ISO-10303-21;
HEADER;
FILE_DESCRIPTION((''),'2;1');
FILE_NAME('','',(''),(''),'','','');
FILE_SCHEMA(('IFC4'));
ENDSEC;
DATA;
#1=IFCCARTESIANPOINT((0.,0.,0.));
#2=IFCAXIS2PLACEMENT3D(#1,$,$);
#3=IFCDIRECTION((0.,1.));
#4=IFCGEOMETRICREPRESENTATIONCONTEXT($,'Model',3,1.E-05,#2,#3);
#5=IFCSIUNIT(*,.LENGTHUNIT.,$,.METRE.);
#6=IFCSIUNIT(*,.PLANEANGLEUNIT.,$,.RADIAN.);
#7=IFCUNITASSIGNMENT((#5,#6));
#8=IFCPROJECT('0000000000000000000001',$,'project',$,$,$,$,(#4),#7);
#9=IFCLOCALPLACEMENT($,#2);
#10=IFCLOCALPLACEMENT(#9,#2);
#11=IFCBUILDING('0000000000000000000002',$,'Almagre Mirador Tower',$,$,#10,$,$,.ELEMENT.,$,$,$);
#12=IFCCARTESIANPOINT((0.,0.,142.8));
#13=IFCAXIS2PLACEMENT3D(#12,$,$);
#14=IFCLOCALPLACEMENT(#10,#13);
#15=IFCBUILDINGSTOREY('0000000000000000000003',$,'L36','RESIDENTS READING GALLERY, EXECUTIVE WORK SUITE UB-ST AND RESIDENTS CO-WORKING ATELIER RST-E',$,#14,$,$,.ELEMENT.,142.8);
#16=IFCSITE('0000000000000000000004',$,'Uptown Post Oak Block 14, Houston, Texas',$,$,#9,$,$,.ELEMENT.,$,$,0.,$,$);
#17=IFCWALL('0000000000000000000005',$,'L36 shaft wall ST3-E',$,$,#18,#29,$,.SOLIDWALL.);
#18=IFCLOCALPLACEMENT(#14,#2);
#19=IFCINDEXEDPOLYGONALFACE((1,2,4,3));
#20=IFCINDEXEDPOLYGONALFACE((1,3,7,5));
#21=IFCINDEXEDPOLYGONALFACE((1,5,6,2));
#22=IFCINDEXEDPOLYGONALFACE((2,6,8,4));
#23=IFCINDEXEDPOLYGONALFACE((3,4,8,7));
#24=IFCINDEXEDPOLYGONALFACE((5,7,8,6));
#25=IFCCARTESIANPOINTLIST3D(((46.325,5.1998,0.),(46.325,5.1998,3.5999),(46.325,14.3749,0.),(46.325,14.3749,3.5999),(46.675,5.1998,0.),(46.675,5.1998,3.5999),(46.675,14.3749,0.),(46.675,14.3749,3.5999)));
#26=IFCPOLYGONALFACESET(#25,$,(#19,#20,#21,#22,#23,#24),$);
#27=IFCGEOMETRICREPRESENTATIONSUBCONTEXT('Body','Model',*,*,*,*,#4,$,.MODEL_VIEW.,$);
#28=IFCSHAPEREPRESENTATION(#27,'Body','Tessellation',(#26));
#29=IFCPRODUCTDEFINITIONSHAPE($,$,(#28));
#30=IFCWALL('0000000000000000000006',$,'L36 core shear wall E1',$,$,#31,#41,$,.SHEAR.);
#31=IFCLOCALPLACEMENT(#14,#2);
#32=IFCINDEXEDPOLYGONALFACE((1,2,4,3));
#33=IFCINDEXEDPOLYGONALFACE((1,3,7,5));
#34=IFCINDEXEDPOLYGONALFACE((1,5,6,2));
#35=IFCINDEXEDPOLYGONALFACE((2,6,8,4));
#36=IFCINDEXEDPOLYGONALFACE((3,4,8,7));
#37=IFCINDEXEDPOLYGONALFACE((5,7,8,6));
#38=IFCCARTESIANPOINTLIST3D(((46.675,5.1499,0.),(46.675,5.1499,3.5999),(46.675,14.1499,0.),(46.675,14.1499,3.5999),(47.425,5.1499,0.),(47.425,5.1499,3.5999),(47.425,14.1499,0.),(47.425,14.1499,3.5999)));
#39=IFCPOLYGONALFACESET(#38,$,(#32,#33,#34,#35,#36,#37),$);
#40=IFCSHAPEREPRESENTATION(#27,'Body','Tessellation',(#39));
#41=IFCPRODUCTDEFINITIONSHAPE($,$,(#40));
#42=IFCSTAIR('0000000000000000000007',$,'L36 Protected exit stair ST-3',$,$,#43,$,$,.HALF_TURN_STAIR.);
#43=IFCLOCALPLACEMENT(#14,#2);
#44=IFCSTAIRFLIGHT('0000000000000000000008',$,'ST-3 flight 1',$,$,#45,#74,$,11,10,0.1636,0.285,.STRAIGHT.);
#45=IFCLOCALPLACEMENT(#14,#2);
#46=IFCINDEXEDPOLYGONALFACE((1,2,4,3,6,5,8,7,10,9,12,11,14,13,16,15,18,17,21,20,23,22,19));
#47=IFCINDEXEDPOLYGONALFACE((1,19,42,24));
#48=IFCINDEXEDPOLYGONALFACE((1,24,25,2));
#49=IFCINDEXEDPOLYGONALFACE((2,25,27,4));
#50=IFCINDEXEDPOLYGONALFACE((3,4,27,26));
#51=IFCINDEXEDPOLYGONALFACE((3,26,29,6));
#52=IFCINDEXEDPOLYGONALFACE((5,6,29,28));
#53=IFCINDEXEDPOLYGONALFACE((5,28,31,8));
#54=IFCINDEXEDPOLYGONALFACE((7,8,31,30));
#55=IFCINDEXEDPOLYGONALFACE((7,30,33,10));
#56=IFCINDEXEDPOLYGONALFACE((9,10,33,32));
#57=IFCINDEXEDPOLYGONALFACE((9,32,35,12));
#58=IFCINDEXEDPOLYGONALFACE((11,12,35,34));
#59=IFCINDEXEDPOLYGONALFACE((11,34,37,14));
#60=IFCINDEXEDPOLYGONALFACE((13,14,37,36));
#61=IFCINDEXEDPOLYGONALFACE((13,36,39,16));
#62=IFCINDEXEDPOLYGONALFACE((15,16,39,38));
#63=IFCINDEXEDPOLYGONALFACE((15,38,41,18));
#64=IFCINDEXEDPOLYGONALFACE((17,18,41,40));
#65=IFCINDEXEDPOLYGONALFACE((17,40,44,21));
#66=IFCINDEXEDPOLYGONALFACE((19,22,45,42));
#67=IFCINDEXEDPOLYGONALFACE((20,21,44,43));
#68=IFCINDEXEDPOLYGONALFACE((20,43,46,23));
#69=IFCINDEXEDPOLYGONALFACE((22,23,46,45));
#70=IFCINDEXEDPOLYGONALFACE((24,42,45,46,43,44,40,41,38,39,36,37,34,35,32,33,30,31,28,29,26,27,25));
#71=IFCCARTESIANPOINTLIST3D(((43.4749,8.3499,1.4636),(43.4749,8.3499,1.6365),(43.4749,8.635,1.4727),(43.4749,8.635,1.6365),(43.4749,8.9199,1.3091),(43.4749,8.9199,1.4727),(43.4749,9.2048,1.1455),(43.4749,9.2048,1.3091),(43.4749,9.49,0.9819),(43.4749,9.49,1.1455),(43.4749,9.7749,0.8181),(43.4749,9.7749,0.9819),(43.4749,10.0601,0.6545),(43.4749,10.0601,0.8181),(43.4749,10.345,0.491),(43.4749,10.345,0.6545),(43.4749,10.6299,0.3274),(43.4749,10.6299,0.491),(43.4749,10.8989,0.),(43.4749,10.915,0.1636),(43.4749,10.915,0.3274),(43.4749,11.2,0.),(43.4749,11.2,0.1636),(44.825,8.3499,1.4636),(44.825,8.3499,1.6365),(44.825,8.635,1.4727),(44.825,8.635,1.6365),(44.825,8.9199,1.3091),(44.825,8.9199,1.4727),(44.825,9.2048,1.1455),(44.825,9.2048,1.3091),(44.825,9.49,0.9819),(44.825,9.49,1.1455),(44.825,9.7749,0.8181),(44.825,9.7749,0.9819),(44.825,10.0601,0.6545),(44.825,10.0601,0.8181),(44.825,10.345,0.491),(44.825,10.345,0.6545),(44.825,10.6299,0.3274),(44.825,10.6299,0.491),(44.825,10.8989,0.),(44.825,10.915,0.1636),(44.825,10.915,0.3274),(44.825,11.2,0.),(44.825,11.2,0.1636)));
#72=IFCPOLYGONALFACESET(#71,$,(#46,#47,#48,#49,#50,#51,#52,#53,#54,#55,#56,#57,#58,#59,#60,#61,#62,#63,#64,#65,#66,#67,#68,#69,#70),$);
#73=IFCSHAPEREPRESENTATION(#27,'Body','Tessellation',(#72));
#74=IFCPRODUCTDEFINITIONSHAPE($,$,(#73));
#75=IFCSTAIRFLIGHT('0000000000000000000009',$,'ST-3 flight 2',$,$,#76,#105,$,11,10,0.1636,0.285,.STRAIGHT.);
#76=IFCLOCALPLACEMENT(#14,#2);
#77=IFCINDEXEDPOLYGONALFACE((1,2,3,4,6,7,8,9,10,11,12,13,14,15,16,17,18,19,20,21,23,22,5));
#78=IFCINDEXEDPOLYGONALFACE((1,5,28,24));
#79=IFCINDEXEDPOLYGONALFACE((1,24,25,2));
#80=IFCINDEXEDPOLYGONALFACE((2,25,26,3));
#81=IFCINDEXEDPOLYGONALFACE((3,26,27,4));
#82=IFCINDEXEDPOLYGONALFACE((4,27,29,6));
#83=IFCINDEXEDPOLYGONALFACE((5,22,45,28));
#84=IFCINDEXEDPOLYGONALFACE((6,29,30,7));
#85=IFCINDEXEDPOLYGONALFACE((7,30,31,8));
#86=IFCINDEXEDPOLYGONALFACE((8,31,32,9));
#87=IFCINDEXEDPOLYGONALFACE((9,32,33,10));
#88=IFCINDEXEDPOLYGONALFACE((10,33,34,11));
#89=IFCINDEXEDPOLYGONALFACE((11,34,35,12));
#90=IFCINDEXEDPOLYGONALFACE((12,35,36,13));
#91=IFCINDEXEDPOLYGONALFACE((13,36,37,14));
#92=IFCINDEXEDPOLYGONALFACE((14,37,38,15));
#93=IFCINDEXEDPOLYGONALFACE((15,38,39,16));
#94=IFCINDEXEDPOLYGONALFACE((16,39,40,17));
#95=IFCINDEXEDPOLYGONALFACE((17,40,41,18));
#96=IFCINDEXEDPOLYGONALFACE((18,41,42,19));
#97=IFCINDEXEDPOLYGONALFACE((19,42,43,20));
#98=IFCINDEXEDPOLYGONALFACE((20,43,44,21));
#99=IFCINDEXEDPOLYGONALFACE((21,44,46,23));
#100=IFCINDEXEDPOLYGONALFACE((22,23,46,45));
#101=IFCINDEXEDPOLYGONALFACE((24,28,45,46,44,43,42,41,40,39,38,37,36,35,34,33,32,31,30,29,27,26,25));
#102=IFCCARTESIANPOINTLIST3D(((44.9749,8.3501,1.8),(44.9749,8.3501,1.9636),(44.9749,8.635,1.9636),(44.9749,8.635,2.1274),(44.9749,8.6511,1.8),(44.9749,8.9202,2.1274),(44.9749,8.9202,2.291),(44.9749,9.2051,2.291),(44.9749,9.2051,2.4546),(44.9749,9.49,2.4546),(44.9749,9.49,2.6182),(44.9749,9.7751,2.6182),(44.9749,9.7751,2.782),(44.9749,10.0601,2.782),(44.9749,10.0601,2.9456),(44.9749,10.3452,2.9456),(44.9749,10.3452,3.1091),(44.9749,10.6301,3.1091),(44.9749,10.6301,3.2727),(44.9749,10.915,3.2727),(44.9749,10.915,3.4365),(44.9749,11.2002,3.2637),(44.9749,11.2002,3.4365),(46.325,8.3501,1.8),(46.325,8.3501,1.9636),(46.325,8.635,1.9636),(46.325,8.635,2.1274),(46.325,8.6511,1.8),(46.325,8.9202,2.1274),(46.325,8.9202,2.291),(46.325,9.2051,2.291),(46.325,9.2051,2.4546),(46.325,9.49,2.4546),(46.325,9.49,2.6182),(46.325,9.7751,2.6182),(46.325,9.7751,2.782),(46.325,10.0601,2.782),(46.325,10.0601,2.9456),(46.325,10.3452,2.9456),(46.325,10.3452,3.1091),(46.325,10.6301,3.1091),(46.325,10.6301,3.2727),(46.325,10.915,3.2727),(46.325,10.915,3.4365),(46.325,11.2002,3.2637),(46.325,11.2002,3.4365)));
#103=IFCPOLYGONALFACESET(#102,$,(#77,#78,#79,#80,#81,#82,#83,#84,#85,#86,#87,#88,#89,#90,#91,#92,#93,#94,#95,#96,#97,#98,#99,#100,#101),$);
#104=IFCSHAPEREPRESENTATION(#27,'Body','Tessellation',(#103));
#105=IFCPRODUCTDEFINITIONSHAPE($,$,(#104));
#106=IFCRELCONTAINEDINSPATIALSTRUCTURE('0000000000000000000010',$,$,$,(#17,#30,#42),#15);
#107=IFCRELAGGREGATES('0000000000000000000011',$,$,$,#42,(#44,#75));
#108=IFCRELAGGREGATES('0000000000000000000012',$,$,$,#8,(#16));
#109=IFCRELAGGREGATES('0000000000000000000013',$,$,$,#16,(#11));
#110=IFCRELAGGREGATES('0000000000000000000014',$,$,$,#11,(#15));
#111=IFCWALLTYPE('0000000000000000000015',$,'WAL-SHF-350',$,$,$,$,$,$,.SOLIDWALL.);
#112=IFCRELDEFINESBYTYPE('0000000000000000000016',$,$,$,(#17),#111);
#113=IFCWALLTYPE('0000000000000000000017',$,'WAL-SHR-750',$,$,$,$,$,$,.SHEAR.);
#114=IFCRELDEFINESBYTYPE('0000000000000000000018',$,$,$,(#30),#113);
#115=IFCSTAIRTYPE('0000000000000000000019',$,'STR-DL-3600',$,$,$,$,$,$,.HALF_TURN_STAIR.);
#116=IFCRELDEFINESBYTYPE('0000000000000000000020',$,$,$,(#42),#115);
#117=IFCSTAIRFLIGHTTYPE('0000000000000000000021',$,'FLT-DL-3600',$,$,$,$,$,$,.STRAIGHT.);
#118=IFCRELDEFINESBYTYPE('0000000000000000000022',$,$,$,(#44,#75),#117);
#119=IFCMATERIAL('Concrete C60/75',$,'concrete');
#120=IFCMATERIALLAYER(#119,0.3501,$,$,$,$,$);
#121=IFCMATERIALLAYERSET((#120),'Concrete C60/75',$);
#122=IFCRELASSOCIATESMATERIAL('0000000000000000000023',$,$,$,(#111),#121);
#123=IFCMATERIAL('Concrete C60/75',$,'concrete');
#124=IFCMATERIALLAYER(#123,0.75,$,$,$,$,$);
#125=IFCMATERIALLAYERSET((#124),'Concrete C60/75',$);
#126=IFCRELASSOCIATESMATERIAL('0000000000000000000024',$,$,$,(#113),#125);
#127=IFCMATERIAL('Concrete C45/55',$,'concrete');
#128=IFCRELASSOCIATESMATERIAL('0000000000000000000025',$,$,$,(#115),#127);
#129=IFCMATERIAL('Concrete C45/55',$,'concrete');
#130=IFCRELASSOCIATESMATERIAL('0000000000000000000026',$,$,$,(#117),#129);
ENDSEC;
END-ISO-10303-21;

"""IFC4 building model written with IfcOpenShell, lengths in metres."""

from ifc_helpers import new_model, si_unit, direction, frame, frame_2d, origin, place, context, subcontext, project, spatial, polyline, rectangle, outline, extrude, material, layer, layer_set, type_object, element, aggregate, save


model = new_model("IFC4")

# Units and contexts
model_context = context("Model", 3, precision=1e-05, world=origin(), true_north=direction((0.0, 1.0)))
body_context = subcontext(model_context, "Body", "Model", "MODEL_VIEW")
ifc_project = project(units=[si_unit("LENGTHUNIT", "METRE"), si_unit("PLANEANGLEUNIT", "RADIAN")], contexts=[model_context])

# Site, building, storey
site_placement = place(None, origin())
site = spatial("IfcSite", under=ifc_project, at=site_placement, Name="Uptown Post Oak Block 14, Houston, Texas", CompositionType="ELEMENT", RefElevation=0.0)
building_placement = place(site_placement, origin())
building = spatial("IfcBuilding", under=site, at=building_placement, Name="Almagre Mirador Tower", CompositionType="ELEMENT")
storey_placement = place(building_placement, frame((0.0, 0.0, 142.8)))
storey = spatial("IfcBuildingStorey", under=building, at=storey_placement, Name="L36", Description="RESIDENTS READING GALLERY, EXECUTIVE WORK SUITE UB-ST AND RESIDENTS CO-WORKING ATELIER RST-E", CompositionType="ELEMENT", Elevation=142.8)

# Walls
ifc_material_1 = material(Name="Concrete C60/75", Category="concrete")
ifc_layer_1 = layer(ifc_material_1, 0.3501)
ifc_layer_set_1 = layer_set([ifc_layer_1], Name="Concrete C60/75")
wall_type_1 = type_object("IfcWallType", Name="WAL-SHF-350", PredefinedType="SOLIDWALL", material=ifc_layer_set_1)
wall_1_placement = place(storey_placement, frame((46.5, 5.2, 0.0), z_axis=(0.0, 0.0, 1.0), x_axis=(0.0, 1.0, 0.0)))
element("IfcWall", 1, at=wall_1_placement, inside=storey, type_object=wall_type_1, Name="L36 shaft wall ST3-E", PredefinedType="SOLIDWALL", context=body_context, shape_type="SweptSolid", body=[
    extrude(rectangle(XDim=9.175, YDim=0.3501, at=frame_2d((4.5874, 0.0))), origin(), (0.0, 0.0, 1.0), 3.5999),
])
ifc_material_2 = material(Name="Concrete C60/75", Category="concrete")
ifc_layer_2 = layer(ifc_material_2, 0.75)
ifc_layer_set_2 = layer_set([ifc_layer_2], Name="Concrete C60/75")
wall_type_2 = type_object("IfcWallType", Name="WAL-SHR-750", PredefinedType="SHEAR", material=ifc_layer_set_2)
wall_2_placement = place(storey_placement, frame((47.05, 5.1499, 0.0), z_axis=(0.0, 0.0, 1.0), x_axis=(0.0, 1.0, 0.0)))
element("IfcWall", 2, at=wall_2_placement, inside=storey, type_object=wall_type_2, Name="L36 core shear wall E1", PredefinedType="SHEAR", context=body_context, shape_type="SweptSolid", body=[
    extrude(rectangle(XDim=9.0, YDim=0.75, at=frame_2d((4.5, 0.0))), origin(), (0.0, 0.0, 1.0), 3.5999),
])

# Stair, stair flights
ifc_material_3 = material(Name="Concrete C45/55", Category="concrete")
stair_type = type_object("IfcStairType", Name="STR-DL-3600", PredefinedType="HALF_TURN_STAIR", material=ifc_material_3)
stair_placement = place(storey_placement, origin())
stair = element("IfcStair", 3, at=stair_placement, inside=storey, type_object=stair_type, Name="L36 Protected exit stair ST-3", PredefinedType="HALF_TURN_STAIR")
ifc_material_4 = material(Name="Concrete C45/55", Category="concrete")
stair_flight_type = type_object("IfcStairFlightType", Name="FLT-DL-3600", PredefinedType="STRAIGHT", material=ifc_material_4)
stair_flight_1_placement = place(storey_placement, frame((44.1499, 11.2, 0.0), z_axis=(0.0, 0.0, 1.0), x_axis=(0.0, -1.0, 0.0)))
stair_flight_1 = element("IfcStairFlight", 4, at=stair_flight_1_placement, type_object=stair_flight_type, Name="ST-3 flight 1", NumberOfRisers=11, NumberOfTreads=10, PredefinedType="STRAIGHT", RiserHeight=0.1636, TreadLength=0.285, context=body_context, shape_type="SweptSolid", body=[
    extrude(outline(polyline([(0.0, 0.0), (0.0, 0.1636), (0.2849, 0.1636), (0.2849, 0.3274), (0.5701, 0.3274), (0.5701, 0.491), (0.855, 0.491), (0.855, 0.6545), (1.1399, 0.6545), (1.1399, 0.8181), (1.425, 0.8181), (1.425, 0.9819), (1.71, 0.9819), (1.71, 1.1455), (1.9951, 1.1455), (1.9951, 1.3091), (2.28, 1.3091), (2.28, 1.4727), (2.5649, 1.4727), (2.5649, 1.6365), (2.8501, 1.6365), (2.8501, 1.8), (2.8501, 1.4636), (0.301, 0.0), (0.0, 0.0)])), frame((0.0, 0.675, 0.0), z_axis=(0.0, -1.0, 0.0), x_axis=(1.0, 0.0, 0.0)), (0.0, 0.0, 1.0), 1.3501),
])
stair_flight_2_placement = place(storey_placement, frame((45.6499, 8.3501, 1.8), z_axis=(0.0, 0.0, 1.0), x_axis=(0.0, 1.0, 0.0)))
stair_flight_2 = element("IfcStairFlight", 5, at=stair_flight_2_placement, type_object=stair_flight_type, Name="ST-3 flight 2", NumberOfRisers=11, NumberOfTreads=10, PredefinedType="STRAIGHT", RiserHeight=0.1636, TreadLength=0.285, context=body_context, shape_type="SweptSolid", body=[
    extrude(outline(polyline([(0.0, 0.0), (0.0, 0.1636), (0.2849, 0.1636), (0.2849, 0.3274), (0.5701, 0.3274), (0.5701, 0.491), (0.855, 0.491), (0.855, 0.6545), (1.1399, 0.6545), (1.1399, 0.8181), (1.425, 0.8181), (1.425, 0.9819), (1.71, 0.9819), (1.71, 1.1455), (1.9951, 1.1455), (1.9951, 1.3091), (2.28, 1.3091), (2.28, 1.4727), (2.5649, 1.4727), (2.5649, 1.6365), (2.8501, 1.6365), (2.8501, 1.8), (2.8501, 1.4636), (0.301, 0.0), (0.0, 0.0)])), frame((0.0, 0.675, 0.0), z_axis=(0.0, -1.0, 0.0), x_axis=(1.0, 0.0, 0.0)), (0.0, 0.0, 1.0), 1.3501),
])
aggregate(stair, [stair_flight_1, stair_flight_2])

save(model, "model.ifc")
